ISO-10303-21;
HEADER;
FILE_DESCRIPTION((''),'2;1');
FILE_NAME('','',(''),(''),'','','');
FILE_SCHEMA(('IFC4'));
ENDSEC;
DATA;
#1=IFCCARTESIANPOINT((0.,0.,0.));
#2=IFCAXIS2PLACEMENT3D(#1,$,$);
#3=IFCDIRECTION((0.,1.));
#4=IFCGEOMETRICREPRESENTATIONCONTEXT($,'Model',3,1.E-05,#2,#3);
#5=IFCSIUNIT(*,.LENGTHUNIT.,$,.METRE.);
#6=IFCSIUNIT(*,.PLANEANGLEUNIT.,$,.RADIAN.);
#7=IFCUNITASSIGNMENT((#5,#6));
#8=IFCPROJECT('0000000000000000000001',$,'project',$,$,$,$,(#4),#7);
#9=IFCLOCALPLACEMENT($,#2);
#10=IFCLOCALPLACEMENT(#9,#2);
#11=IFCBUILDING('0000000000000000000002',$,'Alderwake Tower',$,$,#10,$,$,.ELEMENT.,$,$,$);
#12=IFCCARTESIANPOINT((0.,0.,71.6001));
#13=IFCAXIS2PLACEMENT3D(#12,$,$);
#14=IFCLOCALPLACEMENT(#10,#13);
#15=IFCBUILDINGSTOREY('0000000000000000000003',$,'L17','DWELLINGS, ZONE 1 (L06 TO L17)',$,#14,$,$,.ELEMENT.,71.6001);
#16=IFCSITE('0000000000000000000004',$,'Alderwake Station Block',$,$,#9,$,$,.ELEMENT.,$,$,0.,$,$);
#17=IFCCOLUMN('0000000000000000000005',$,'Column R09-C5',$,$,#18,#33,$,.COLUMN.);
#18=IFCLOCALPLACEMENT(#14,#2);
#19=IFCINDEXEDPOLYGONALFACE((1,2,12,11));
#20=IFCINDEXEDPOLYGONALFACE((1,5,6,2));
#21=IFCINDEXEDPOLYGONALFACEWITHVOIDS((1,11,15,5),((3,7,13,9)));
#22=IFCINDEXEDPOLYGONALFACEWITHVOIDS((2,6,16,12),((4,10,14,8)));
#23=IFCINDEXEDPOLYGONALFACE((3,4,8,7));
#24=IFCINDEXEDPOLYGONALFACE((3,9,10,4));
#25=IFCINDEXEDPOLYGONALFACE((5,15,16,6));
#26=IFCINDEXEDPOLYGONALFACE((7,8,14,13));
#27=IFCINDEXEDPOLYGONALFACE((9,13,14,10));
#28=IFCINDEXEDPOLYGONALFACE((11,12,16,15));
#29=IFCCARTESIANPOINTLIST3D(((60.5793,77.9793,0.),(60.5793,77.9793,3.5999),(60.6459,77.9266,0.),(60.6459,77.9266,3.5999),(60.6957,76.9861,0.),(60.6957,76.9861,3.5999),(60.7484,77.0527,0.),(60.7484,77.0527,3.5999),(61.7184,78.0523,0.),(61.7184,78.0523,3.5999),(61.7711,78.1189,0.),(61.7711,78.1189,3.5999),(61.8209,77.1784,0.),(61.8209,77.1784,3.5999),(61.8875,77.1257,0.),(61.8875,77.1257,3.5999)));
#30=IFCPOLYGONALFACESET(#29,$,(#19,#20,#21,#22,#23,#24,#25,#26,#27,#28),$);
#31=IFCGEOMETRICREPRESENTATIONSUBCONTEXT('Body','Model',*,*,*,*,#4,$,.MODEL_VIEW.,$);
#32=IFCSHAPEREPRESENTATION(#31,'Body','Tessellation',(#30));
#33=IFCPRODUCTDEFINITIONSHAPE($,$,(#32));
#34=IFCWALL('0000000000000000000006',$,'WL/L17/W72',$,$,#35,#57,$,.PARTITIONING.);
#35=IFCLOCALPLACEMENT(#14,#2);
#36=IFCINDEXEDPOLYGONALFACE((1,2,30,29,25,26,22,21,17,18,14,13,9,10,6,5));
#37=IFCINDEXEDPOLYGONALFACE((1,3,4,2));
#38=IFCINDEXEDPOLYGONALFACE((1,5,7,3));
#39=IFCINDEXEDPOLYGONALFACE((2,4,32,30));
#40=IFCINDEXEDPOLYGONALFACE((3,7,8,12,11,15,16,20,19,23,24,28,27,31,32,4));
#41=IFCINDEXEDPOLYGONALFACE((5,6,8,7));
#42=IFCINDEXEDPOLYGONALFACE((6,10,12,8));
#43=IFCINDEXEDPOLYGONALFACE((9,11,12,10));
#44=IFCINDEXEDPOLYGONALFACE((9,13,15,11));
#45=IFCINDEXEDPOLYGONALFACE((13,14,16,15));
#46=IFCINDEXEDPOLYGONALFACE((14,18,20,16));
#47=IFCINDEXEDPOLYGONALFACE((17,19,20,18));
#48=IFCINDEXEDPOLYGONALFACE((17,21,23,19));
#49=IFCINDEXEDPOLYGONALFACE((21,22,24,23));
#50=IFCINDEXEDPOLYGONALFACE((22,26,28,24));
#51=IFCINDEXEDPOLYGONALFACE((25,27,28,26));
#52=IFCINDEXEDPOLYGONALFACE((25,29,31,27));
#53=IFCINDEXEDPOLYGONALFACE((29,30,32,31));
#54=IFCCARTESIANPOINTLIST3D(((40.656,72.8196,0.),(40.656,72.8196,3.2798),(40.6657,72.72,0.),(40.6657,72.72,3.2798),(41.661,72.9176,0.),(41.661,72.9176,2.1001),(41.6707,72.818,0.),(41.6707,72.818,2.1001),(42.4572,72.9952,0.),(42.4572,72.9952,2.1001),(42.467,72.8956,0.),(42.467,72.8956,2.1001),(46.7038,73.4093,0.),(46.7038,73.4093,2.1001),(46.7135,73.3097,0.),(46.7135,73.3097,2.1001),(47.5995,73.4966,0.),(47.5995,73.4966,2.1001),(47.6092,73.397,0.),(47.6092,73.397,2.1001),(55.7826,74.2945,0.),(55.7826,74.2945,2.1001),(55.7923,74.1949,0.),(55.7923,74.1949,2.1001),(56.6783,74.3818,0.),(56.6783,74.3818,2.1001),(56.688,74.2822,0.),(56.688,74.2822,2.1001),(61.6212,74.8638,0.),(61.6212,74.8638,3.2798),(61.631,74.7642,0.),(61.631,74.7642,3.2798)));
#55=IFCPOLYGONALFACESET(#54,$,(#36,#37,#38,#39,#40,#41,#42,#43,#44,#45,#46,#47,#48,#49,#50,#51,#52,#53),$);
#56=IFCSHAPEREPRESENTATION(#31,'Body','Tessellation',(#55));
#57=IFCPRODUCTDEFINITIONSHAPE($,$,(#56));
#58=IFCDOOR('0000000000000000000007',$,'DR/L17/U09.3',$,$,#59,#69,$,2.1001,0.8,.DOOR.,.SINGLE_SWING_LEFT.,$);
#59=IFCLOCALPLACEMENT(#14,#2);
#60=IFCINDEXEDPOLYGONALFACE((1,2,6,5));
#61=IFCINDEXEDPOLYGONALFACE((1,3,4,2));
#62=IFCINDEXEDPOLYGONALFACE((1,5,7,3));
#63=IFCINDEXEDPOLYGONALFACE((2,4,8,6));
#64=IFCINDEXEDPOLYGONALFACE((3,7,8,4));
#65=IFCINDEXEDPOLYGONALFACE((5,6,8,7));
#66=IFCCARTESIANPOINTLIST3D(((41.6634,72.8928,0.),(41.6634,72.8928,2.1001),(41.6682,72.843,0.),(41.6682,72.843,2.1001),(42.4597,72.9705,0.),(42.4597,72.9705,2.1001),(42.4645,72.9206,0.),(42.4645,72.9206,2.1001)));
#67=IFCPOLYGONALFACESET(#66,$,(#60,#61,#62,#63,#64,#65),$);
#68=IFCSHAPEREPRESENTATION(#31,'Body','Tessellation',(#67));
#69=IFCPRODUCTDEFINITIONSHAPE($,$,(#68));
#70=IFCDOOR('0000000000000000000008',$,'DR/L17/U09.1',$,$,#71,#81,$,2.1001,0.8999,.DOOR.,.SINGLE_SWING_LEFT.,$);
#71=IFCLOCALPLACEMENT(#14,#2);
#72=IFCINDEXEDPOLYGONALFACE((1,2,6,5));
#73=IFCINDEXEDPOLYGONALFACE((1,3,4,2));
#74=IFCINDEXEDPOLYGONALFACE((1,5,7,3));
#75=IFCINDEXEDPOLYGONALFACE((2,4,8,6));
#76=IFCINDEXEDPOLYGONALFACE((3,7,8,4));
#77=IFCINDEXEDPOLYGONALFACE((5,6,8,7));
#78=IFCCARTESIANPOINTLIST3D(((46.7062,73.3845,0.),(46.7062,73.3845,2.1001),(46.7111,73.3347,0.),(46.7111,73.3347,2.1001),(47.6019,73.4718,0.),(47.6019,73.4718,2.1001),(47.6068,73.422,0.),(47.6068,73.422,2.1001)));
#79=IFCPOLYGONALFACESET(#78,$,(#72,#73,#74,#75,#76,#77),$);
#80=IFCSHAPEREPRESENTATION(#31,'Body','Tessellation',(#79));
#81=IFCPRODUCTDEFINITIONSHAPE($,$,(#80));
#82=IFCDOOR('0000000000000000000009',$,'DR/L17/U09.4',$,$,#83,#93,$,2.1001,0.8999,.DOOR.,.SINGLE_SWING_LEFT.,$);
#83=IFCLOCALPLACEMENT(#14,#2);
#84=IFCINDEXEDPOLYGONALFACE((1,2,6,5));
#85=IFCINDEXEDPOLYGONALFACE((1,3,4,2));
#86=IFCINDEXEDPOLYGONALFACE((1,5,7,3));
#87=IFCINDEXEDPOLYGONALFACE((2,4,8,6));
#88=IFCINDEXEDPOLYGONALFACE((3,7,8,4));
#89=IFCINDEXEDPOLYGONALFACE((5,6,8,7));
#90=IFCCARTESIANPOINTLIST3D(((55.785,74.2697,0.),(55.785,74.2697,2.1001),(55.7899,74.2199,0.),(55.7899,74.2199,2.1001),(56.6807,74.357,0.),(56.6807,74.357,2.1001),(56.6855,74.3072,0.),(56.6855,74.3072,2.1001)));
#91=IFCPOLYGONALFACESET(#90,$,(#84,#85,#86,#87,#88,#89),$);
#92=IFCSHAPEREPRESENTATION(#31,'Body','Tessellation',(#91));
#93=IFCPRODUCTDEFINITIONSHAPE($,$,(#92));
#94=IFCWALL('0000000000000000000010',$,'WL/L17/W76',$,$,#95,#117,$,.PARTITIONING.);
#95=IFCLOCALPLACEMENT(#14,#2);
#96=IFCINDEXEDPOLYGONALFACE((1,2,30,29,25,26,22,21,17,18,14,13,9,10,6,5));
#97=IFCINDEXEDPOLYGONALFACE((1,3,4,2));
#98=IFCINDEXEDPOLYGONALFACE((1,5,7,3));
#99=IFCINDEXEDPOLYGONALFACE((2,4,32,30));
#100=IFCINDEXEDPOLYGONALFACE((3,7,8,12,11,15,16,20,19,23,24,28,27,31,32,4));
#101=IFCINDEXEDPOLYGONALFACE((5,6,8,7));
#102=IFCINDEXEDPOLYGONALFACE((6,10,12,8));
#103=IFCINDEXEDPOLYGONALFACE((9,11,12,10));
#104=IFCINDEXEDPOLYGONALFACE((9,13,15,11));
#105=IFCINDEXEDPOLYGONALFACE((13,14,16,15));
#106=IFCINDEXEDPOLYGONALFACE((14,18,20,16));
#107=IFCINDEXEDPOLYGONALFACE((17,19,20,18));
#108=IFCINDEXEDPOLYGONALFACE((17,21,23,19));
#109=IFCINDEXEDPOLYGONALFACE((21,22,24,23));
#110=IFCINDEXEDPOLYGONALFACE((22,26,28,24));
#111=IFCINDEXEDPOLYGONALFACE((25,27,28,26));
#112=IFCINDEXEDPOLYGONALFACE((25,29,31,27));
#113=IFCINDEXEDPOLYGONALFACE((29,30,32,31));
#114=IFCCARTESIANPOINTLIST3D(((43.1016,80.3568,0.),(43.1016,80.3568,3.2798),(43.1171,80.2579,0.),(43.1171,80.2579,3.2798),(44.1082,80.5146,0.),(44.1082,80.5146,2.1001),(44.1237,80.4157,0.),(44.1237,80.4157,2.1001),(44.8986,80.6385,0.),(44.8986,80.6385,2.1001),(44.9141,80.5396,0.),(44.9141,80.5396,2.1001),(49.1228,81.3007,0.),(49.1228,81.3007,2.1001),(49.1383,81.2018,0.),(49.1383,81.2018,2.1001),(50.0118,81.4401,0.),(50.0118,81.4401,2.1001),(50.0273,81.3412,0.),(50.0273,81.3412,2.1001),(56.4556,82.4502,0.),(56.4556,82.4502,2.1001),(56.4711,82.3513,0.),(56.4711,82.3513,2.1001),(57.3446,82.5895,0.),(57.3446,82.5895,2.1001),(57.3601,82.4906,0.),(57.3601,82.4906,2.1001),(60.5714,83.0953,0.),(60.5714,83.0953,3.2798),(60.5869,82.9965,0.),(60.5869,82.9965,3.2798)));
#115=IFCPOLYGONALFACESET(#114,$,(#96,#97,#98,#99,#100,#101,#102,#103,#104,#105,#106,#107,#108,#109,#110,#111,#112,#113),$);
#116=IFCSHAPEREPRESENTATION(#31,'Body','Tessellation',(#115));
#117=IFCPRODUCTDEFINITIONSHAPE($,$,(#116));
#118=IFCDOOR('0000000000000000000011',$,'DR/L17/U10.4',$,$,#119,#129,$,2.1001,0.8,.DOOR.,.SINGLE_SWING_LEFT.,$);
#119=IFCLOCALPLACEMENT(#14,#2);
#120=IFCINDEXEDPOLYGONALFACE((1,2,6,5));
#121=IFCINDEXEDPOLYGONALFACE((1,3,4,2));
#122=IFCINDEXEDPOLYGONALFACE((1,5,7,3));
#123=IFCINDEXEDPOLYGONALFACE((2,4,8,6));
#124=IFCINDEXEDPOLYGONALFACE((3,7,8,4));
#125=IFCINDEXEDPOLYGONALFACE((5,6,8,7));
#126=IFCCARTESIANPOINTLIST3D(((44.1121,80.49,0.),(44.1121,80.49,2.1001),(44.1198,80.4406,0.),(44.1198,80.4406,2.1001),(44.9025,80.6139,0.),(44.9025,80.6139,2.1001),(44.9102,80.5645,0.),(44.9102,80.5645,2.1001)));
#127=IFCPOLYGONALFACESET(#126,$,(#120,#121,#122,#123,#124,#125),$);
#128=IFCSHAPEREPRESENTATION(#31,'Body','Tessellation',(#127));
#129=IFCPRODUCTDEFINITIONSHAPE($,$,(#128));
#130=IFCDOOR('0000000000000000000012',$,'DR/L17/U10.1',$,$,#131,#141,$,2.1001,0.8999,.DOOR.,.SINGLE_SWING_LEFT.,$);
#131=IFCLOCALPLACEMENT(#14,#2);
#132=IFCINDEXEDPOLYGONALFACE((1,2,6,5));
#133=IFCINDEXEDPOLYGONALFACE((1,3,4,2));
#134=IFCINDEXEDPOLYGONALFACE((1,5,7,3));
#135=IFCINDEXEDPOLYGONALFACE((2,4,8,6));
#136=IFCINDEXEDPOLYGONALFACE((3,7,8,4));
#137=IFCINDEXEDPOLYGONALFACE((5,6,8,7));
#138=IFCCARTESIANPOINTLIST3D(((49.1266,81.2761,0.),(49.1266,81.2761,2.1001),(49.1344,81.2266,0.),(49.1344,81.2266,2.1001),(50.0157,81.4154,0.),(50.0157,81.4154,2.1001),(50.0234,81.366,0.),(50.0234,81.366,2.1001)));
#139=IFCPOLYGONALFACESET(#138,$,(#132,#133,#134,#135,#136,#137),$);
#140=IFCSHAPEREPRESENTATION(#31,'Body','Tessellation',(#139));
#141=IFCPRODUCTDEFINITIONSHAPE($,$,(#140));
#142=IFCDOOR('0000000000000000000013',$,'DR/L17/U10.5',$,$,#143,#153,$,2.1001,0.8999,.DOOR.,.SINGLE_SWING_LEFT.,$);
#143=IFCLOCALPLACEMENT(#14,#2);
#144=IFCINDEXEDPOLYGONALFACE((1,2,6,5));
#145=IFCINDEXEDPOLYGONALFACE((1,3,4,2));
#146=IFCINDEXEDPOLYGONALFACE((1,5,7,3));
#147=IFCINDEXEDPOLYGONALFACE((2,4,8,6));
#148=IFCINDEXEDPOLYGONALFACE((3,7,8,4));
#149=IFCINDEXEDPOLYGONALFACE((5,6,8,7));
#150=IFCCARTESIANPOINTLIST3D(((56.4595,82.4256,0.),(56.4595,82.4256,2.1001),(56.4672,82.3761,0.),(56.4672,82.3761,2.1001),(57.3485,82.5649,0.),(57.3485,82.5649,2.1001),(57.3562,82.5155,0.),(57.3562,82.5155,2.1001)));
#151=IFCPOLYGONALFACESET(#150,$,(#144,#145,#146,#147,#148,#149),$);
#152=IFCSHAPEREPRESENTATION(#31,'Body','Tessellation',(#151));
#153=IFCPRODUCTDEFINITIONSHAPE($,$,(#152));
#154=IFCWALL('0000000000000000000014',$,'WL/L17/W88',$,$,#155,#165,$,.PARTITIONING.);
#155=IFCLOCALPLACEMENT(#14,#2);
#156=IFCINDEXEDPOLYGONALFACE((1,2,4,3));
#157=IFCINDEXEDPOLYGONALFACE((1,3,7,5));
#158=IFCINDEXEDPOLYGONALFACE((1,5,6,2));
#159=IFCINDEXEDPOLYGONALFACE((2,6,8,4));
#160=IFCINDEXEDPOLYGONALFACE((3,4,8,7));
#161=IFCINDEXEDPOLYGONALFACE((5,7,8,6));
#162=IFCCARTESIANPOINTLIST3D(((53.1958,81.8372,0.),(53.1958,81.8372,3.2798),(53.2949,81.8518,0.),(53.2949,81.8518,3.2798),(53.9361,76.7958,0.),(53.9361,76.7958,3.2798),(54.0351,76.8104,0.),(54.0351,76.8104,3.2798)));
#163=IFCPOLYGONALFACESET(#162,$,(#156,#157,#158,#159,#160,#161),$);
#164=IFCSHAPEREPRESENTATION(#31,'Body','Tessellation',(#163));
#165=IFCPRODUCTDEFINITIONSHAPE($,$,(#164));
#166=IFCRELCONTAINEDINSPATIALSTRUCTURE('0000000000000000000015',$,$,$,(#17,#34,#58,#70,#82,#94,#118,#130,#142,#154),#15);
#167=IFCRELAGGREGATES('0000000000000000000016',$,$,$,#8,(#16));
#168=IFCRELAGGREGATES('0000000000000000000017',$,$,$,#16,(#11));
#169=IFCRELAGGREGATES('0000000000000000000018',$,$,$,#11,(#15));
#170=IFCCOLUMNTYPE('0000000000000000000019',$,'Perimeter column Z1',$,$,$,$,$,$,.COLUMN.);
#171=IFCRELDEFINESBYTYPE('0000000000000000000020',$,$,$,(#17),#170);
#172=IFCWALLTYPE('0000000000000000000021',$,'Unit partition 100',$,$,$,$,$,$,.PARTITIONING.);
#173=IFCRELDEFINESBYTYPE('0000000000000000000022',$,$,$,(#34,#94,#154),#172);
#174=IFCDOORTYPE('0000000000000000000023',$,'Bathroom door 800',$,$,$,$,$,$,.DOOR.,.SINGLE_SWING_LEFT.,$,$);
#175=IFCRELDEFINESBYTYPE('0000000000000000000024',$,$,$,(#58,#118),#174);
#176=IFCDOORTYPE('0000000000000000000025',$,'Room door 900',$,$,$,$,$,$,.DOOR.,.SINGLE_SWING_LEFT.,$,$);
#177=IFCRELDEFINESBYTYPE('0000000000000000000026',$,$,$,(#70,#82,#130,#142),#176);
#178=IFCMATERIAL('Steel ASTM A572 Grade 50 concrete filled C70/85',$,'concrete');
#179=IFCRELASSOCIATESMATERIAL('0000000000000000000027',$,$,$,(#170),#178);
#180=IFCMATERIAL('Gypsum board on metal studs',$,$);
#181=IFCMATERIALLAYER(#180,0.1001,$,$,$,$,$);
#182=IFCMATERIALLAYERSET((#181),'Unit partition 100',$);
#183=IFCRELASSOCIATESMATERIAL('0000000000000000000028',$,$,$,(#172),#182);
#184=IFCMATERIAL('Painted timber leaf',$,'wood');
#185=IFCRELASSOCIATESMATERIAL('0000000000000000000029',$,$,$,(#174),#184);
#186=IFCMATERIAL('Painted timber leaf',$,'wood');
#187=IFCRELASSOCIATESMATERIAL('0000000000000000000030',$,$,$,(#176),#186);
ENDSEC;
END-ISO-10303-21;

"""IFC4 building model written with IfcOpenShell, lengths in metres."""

from ifc_helpers import new_model, si_unit, direction, frame, frame_2d, origin, origin_2d, place, context, subcontext, project, spatial, rectangle, hollow_rectangle, extrude, material, layer, layer_set, material_profile, profile_set, type_object, element, fill, save


model = new_model("IFC4")

# Units and contexts
model_context = context("Model", 3, precision=1e-05, world=origin(), true_north=direction((0.0, 1.0)))
body_context = subcontext(model_context, "Body", "Model", "MODEL_VIEW")
ifc_project = project(units=[si_unit("LENGTHUNIT", "METRE"), si_unit("PLANEANGLEUNIT", "RADIAN")], contexts=[model_context])

# Site, building, storey
site_placement = place(None, origin())
site = spatial("IfcSite", under=ifc_project, at=site_placement, Name="Alderwake Station Block", CompositionType="ELEMENT", RefElevation=0.0)
building_placement = place(site_placement, origin())
building = spatial("IfcBuilding", under=site, at=building_placement, Name="Alderwake Tower", CompositionType="ELEMENT")
storey_placement = place(building_placement, frame((0.0, 0.0, 71.6001)))
storey = spatial("IfcBuildingStorey", under=building, at=storey_placement, Name="L17", Description="DWELLINGS, ZONE 1 (L06 TO L17)", CompositionType="ELEMENT", Elevation=71.6001)

# Column
ifc_material_1 = material(Name="Steel ASTM A572 Grade 50 concrete filled C70/85", Category="concrete")
ifc_material_profile = material_profile(ifc_material_1, hollow_rectangle(XDim=1.0, YDim=1.2, WallThickness=0.0601, at=origin_2d()), Name="BOX 1200X1000X60")
ifc_profile_set = profile_set([ifc_material_profile], Name="Steel ASTM A572 Grade 50 concrete filled C70/85")
column_type = type_object("IfcColumnType", Name="Perimeter column Z1", PredefinedType="COLUMN", material=ifc_profile_set)
column_placement = place(storey_placement, frame((61.2334, 77.5525, 0.0), z_axis=(0.0, 0.0, 1.0), x_axis=(-0.116402, 0.993202, 0.0)))
element("IfcColumn", 1, at=column_placement, inside=storey, type_object=column_type, Name="Column R09-C5", PredefinedType="COLUMN", context=body_context, shape_type="SweptSolid", body=[
    extrude(hollow_rectangle(XDim=1.0, YDim=1.2, WallThickness=0.0601, at=origin_2d()), origin(), (0.0, 0.0, 1.0), 3.5999),
])

# Walls, openings, doors
ifc_material_2 = material(Name="Gypsum board on metal studs")
ifc_layer_1 = layer(ifc_material_2, 0.1001)
ifc_layer_set_1 = layer_set([ifc_layer_1], Name="Unit partition 100")
wall_type_1 = type_object("IfcWallType", Name="Unit partition 100", PredefinedType="PARTITIONING", material=ifc_layer_set_1)
wall_1_placement = place(storey_placement, frame((61.626, 74.814, 0.0), z_axis=(0.0, 0.0, 1.0), x_axis=(-0.99528, -0.097043, 0.0)))
wall_1 = element("IfcWall", 2, at=wall_1_placement, inside=storey, type_object=wall_type_1, Name="WL/L17/W72", PredefinedType="PARTITIONING", context=body_context, shape_type="SweptSolid", body=[
    extrude(rectangle(XDim=21.0647, YDim=0.1001, at=frame_2d((10.5322, 0.0))), origin(), (0.0, 0.0, 1.0), 3.2798),
])
opening_1_placement = place(wall_1_placement, frame((14.0881, 0.0, 0.0)))
opening_1 = element("IfcOpeningElement", 3, at=opening_1_placement, cuts=wall_1, PredefinedType="OPENING", context=body_context, shape_type="SweptSolid", body=[
    extrude(rectangle(XDim=0.8999, YDim=2.1001, at=frame_2d((0.45, 1.05))), frame((0.0, 0.0601, 0.0), z_axis=(0.0, -1.0, 0.0), x_axis=(1.0, 0.0, 0.0)), (0.0, 0.0, 1.0), 0.1201),
])
opening_2_placement = place(wall_1_placement, frame((19.2549, 0.0, 0.0)))
opening_2 = element("IfcOpeningElement", 4, at=opening_2_placement, cuts=wall_1, PredefinedType="OPENING", context=body_context, shape_type="SweptSolid", body=[
    extrude(rectangle(XDim=0.8, YDim=2.1001, at=frame_2d((0.3999, 1.05))), frame((0.0, 0.0601, 0.0), z_axis=(0.0, -1.0, 0.0), x_axis=(1.0, 0.0, 0.0)), (0.0, 0.0, 1.0), 0.1201),
])
opening_3_placement = place(wall_1_placement, frame((4.9663, 0.0, 0.0)))
opening_3 = element("IfcOpeningElement", 5, at=opening_3_placement, cuts=wall_1, PredefinedType="OPENING", context=body_context, shape_type="SweptSolid", body=[
    extrude(rectangle(XDim=0.8999, YDim=2.1001, at=frame_2d((0.45, 1.05))), frame((0.0, 0.0601, 0.0), z_axis=(0.0, -1.0, 0.0), x_axis=(1.0, 0.0, 0.0)), (0.0, 0.0, 1.0), 0.1201),
])
ifc_material_3 = material(Name="Painted timber leaf", Category="wood")
door_type_1 = type_object("IfcDoorType", Name="Bathroom door 800", OperationType="SINGLE_SWING_LEFT", PredefinedType="DOOR", material=ifc_material_3)
door_1_placement = place(opening_2_placement, origin())
door_1 = element("IfcDoor", 6, at=door_1_placement, inside=storey, type_object=door_type_1, Name="DR/L17/U09.3", OperationType="SINGLE_SWING_LEFT", OverallHeight=2.1001, OverallWidth=0.8, PredefinedType="DOOR", context=body_context, shape_type="SweptSolid", body=[
    extrude(rectangle(XDim=0.8, YDim=2.1001, at=frame_2d((0.3999, 1.05))), frame((0.0, 0.0249, 0.0), z_axis=(0.0, -1.0, 0.0), x_axis=(1.0, 0.0, 0.0)), (0.0, 0.0, 1.0), 0.05),
])
fill(opening_2, door_1)
ifc_material_4 = material(Name="Painted timber leaf", Category="wood")
door_type_2 = type_object("IfcDoorType", Name="Room door 900", OperationType="SINGLE_SWING_LEFT", PredefinedType="DOOR", material=ifc_material_4)
door_2_placement = place(opening_1_placement, origin())
door_2 = element("IfcDoor", 7, at=door_2_placement, inside=storey, type_object=door_type_2, Name="DR/L17/U09.1", OperationType="SINGLE_SWING_LEFT", OverallHeight=2.1001, OverallWidth=0.8999, PredefinedType="DOOR", context=body_context, shape_type="SweptSolid", body=[
    extrude(rectangle(XDim=0.8999, YDim=2.1001, at=frame_2d((0.45, 1.05))), frame((0.0, 0.0249, 0.0), z_axis=(0.0, -1.0, 0.0), x_axis=(1.0, 0.0, 0.0)), (0.0, 0.0, 1.0), 0.05),
])
fill(opening_1, door_2)
door_3_placement = place(opening_3_placement, origin())
door_3 = element("IfcDoor", 8, at=door_3_placement, inside=storey, type_object=door_type_2, Name="DR/L17/U09.4", OperationType="SINGLE_SWING_LEFT", OverallHeight=2.1001, OverallWidth=0.8999, PredefinedType="DOOR", context=body_context, shape_type="SweptSolid", body=[
    extrude(rectangle(XDim=0.8999, YDim=2.1001, at=frame_2d((0.45, 1.05))), frame((0.0, 0.0249, 0.0), z_axis=(0.0, -1.0, 0.0), x_axis=(1.0, 0.0, 0.0)), (0.0, 0.0, 1.0), 0.05),
])
fill(opening_3, door_3)
wall_2_placement = place(storey_placement, frame((60.5791, 83.0459, 0.0), z_axis=(0.0, 0.0, 1.0), x_axis=(-0.987935, -0.154867, 0.0)))
wall_2 = element("IfcWall", 9, at=wall_2_placement, inside=storey, type_object=wall_type_1, Name="WL/L17/W76", PredefinedType="PARTITIONING", context=body_context, shape_type="SweptSolid", body=[
    extrude(rectangle(XDim=17.6831, YDim=0.1001, at=frame_2d((8.8416, 0.0))), origin(), (0.0, 0.0, 1.0), 3.2798),
])
opening_4_placement = place(wall_2_placement, frame((10.6885, 0.0, 0.0)))
opening_4 = element("IfcOpeningElement", 10, at=opening_4_placement, cuts=wall_2, PredefinedType="OPENING", context=body_context, shape_type="SweptSolid", body=[
    extrude(rectangle(XDim=0.8999, YDim=2.1001, at=frame_2d((0.45, 1.05))), frame((0.0, 0.0601, 0.0), z_axis=(0.0, -1.0, 0.0), x_axis=(1.0, 0.0, 0.0)), (0.0, 0.0, 1.0), 0.1201),
])
opening_5_placement = place(wall_2_placement, frame((15.8643, 0.0, 0.0)))
opening_5 = element("IfcOpeningElement", 11, at=opening_5_placement, cuts=wall_2, PredefinedType="OPENING", context=body_context, shape_type="SweptSolid", body=[
    extrude(rectangle(XDim=0.8, YDim=2.1001, at=frame_2d((0.3999, 1.05))), frame((0.0, 0.0601, 0.0), z_axis=(0.0, -1.0, 0.0), x_axis=(1.0, 0.0, 0.0)), (0.0, 0.0, 1.0), 0.1201),
])
opening_6_placement = place(wall_2_placement, frame((3.2661, 0.0, 0.0)))
opening_6 = element("IfcOpeningElement", 12, at=opening_6_placement, cuts=wall_2, PredefinedType="OPENING", context=body_context, shape_type="SweptSolid", body=[
    extrude(rectangle(XDim=0.8999, YDim=2.1001, at=frame_2d((0.45, 1.05))), frame((0.0, 0.0601, 0.0), z_axis=(0.0, -1.0, 0.0), x_axis=(1.0, 0.0, 0.0)), (0.0, 0.0, 1.0), 0.1201),
])
door_4_placement = place(opening_5_placement, origin())
door_4 = element("IfcDoor", 13, at=door_4_placement, inside=storey, type_object=door_type_1, Name="DR/L17/U10.4", OperationType="SINGLE_SWING_LEFT", OverallHeight=2.1001, OverallWidth=0.8, PredefinedType="DOOR", context=body_context, shape_type="SweptSolid", body=[
    extrude(rectangle(XDim=0.8, YDim=2.1001, at=frame_2d((0.3999, 1.05))), frame((0.0, 0.0249, 0.0), z_axis=(0.0, -1.0, 0.0), x_axis=(1.0, 0.0, 0.0)), (0.0, 0.0, 1.0), 0.05),
])
fill(opening_5, door_4)
door_5_placement = place(opening_4_placement, origin())
door_5 = element("IfcDoor", 14, at=door_5_placement, inside=storey, type_object=door_type_2, Name="DR/L17/U10.1", OperationType="SINGLE_SWING_LEFT", OverallHeight=2.1001, OverallWidth=0.8999, PredefinedType="DOOR", context=body_context, shape_type="SweptSolid", body=[
    extrude(rectangle(XDim=0.8999, YDim=2.1001, at=frame_2d((0.45, 1.05))), frame((0.0, 0.0249, 0.0), z_axis=(0.0, -1.0, 0.0), x_axis=(1.0, 0.0, 0.0)), (0.0, 0.0, 1.0), 0.05),
])
fill(opening_4, door_5)
door_6_placement = place(opening_6_placement, origin())
door_6 = element("IfcDoor", 15, at=door_6_placement, inside=storey, type_object=door_type_2, Name="DR/L17/U10.5", OperationType="SINGLE_SWING_LEFT", OverallHeight=2.1001, OverallWidth=0.8999, PredefinedType="DOOR", context=body_context, shape_type="SweptSolid", body=[
    extrude(rectangle(XDim=0.8999, YDim=2.1001, at=frame_2d((0.45, 1.05))), frame((0.0, 0.0249, 0.0), z_axis=(0.0, -1.0, 0.0), x_axis=(1.0, 0.0, 0.0)), (0.0, 0.0, 1.0), 0.05),
])
fill(opening_6, door_6)

# Wall
wall_3_placement = place(storey_placement, frame((53.9856, 76.803, 0.0), z_axis=(0.0, 0.0, 1.0), x_axis=(-0.145271, 0.989392, 0.0)))
element("IfcWall", 16, at=wall_3_placement, inside=storey, type_object=wall_type_1, Name="WL/L17/W88", PredefinedType="PARTITIONING", context=body_context, shape_type="SweptSolid", body=[
    extrude(rectangle(XDim=5.0955, YDim=0.1001, at=frame_2d((2.5479, 0.0))), origin(), (0.0, 0.0, 1.0), 3.2798),
])

save(model, "model.ifc")
